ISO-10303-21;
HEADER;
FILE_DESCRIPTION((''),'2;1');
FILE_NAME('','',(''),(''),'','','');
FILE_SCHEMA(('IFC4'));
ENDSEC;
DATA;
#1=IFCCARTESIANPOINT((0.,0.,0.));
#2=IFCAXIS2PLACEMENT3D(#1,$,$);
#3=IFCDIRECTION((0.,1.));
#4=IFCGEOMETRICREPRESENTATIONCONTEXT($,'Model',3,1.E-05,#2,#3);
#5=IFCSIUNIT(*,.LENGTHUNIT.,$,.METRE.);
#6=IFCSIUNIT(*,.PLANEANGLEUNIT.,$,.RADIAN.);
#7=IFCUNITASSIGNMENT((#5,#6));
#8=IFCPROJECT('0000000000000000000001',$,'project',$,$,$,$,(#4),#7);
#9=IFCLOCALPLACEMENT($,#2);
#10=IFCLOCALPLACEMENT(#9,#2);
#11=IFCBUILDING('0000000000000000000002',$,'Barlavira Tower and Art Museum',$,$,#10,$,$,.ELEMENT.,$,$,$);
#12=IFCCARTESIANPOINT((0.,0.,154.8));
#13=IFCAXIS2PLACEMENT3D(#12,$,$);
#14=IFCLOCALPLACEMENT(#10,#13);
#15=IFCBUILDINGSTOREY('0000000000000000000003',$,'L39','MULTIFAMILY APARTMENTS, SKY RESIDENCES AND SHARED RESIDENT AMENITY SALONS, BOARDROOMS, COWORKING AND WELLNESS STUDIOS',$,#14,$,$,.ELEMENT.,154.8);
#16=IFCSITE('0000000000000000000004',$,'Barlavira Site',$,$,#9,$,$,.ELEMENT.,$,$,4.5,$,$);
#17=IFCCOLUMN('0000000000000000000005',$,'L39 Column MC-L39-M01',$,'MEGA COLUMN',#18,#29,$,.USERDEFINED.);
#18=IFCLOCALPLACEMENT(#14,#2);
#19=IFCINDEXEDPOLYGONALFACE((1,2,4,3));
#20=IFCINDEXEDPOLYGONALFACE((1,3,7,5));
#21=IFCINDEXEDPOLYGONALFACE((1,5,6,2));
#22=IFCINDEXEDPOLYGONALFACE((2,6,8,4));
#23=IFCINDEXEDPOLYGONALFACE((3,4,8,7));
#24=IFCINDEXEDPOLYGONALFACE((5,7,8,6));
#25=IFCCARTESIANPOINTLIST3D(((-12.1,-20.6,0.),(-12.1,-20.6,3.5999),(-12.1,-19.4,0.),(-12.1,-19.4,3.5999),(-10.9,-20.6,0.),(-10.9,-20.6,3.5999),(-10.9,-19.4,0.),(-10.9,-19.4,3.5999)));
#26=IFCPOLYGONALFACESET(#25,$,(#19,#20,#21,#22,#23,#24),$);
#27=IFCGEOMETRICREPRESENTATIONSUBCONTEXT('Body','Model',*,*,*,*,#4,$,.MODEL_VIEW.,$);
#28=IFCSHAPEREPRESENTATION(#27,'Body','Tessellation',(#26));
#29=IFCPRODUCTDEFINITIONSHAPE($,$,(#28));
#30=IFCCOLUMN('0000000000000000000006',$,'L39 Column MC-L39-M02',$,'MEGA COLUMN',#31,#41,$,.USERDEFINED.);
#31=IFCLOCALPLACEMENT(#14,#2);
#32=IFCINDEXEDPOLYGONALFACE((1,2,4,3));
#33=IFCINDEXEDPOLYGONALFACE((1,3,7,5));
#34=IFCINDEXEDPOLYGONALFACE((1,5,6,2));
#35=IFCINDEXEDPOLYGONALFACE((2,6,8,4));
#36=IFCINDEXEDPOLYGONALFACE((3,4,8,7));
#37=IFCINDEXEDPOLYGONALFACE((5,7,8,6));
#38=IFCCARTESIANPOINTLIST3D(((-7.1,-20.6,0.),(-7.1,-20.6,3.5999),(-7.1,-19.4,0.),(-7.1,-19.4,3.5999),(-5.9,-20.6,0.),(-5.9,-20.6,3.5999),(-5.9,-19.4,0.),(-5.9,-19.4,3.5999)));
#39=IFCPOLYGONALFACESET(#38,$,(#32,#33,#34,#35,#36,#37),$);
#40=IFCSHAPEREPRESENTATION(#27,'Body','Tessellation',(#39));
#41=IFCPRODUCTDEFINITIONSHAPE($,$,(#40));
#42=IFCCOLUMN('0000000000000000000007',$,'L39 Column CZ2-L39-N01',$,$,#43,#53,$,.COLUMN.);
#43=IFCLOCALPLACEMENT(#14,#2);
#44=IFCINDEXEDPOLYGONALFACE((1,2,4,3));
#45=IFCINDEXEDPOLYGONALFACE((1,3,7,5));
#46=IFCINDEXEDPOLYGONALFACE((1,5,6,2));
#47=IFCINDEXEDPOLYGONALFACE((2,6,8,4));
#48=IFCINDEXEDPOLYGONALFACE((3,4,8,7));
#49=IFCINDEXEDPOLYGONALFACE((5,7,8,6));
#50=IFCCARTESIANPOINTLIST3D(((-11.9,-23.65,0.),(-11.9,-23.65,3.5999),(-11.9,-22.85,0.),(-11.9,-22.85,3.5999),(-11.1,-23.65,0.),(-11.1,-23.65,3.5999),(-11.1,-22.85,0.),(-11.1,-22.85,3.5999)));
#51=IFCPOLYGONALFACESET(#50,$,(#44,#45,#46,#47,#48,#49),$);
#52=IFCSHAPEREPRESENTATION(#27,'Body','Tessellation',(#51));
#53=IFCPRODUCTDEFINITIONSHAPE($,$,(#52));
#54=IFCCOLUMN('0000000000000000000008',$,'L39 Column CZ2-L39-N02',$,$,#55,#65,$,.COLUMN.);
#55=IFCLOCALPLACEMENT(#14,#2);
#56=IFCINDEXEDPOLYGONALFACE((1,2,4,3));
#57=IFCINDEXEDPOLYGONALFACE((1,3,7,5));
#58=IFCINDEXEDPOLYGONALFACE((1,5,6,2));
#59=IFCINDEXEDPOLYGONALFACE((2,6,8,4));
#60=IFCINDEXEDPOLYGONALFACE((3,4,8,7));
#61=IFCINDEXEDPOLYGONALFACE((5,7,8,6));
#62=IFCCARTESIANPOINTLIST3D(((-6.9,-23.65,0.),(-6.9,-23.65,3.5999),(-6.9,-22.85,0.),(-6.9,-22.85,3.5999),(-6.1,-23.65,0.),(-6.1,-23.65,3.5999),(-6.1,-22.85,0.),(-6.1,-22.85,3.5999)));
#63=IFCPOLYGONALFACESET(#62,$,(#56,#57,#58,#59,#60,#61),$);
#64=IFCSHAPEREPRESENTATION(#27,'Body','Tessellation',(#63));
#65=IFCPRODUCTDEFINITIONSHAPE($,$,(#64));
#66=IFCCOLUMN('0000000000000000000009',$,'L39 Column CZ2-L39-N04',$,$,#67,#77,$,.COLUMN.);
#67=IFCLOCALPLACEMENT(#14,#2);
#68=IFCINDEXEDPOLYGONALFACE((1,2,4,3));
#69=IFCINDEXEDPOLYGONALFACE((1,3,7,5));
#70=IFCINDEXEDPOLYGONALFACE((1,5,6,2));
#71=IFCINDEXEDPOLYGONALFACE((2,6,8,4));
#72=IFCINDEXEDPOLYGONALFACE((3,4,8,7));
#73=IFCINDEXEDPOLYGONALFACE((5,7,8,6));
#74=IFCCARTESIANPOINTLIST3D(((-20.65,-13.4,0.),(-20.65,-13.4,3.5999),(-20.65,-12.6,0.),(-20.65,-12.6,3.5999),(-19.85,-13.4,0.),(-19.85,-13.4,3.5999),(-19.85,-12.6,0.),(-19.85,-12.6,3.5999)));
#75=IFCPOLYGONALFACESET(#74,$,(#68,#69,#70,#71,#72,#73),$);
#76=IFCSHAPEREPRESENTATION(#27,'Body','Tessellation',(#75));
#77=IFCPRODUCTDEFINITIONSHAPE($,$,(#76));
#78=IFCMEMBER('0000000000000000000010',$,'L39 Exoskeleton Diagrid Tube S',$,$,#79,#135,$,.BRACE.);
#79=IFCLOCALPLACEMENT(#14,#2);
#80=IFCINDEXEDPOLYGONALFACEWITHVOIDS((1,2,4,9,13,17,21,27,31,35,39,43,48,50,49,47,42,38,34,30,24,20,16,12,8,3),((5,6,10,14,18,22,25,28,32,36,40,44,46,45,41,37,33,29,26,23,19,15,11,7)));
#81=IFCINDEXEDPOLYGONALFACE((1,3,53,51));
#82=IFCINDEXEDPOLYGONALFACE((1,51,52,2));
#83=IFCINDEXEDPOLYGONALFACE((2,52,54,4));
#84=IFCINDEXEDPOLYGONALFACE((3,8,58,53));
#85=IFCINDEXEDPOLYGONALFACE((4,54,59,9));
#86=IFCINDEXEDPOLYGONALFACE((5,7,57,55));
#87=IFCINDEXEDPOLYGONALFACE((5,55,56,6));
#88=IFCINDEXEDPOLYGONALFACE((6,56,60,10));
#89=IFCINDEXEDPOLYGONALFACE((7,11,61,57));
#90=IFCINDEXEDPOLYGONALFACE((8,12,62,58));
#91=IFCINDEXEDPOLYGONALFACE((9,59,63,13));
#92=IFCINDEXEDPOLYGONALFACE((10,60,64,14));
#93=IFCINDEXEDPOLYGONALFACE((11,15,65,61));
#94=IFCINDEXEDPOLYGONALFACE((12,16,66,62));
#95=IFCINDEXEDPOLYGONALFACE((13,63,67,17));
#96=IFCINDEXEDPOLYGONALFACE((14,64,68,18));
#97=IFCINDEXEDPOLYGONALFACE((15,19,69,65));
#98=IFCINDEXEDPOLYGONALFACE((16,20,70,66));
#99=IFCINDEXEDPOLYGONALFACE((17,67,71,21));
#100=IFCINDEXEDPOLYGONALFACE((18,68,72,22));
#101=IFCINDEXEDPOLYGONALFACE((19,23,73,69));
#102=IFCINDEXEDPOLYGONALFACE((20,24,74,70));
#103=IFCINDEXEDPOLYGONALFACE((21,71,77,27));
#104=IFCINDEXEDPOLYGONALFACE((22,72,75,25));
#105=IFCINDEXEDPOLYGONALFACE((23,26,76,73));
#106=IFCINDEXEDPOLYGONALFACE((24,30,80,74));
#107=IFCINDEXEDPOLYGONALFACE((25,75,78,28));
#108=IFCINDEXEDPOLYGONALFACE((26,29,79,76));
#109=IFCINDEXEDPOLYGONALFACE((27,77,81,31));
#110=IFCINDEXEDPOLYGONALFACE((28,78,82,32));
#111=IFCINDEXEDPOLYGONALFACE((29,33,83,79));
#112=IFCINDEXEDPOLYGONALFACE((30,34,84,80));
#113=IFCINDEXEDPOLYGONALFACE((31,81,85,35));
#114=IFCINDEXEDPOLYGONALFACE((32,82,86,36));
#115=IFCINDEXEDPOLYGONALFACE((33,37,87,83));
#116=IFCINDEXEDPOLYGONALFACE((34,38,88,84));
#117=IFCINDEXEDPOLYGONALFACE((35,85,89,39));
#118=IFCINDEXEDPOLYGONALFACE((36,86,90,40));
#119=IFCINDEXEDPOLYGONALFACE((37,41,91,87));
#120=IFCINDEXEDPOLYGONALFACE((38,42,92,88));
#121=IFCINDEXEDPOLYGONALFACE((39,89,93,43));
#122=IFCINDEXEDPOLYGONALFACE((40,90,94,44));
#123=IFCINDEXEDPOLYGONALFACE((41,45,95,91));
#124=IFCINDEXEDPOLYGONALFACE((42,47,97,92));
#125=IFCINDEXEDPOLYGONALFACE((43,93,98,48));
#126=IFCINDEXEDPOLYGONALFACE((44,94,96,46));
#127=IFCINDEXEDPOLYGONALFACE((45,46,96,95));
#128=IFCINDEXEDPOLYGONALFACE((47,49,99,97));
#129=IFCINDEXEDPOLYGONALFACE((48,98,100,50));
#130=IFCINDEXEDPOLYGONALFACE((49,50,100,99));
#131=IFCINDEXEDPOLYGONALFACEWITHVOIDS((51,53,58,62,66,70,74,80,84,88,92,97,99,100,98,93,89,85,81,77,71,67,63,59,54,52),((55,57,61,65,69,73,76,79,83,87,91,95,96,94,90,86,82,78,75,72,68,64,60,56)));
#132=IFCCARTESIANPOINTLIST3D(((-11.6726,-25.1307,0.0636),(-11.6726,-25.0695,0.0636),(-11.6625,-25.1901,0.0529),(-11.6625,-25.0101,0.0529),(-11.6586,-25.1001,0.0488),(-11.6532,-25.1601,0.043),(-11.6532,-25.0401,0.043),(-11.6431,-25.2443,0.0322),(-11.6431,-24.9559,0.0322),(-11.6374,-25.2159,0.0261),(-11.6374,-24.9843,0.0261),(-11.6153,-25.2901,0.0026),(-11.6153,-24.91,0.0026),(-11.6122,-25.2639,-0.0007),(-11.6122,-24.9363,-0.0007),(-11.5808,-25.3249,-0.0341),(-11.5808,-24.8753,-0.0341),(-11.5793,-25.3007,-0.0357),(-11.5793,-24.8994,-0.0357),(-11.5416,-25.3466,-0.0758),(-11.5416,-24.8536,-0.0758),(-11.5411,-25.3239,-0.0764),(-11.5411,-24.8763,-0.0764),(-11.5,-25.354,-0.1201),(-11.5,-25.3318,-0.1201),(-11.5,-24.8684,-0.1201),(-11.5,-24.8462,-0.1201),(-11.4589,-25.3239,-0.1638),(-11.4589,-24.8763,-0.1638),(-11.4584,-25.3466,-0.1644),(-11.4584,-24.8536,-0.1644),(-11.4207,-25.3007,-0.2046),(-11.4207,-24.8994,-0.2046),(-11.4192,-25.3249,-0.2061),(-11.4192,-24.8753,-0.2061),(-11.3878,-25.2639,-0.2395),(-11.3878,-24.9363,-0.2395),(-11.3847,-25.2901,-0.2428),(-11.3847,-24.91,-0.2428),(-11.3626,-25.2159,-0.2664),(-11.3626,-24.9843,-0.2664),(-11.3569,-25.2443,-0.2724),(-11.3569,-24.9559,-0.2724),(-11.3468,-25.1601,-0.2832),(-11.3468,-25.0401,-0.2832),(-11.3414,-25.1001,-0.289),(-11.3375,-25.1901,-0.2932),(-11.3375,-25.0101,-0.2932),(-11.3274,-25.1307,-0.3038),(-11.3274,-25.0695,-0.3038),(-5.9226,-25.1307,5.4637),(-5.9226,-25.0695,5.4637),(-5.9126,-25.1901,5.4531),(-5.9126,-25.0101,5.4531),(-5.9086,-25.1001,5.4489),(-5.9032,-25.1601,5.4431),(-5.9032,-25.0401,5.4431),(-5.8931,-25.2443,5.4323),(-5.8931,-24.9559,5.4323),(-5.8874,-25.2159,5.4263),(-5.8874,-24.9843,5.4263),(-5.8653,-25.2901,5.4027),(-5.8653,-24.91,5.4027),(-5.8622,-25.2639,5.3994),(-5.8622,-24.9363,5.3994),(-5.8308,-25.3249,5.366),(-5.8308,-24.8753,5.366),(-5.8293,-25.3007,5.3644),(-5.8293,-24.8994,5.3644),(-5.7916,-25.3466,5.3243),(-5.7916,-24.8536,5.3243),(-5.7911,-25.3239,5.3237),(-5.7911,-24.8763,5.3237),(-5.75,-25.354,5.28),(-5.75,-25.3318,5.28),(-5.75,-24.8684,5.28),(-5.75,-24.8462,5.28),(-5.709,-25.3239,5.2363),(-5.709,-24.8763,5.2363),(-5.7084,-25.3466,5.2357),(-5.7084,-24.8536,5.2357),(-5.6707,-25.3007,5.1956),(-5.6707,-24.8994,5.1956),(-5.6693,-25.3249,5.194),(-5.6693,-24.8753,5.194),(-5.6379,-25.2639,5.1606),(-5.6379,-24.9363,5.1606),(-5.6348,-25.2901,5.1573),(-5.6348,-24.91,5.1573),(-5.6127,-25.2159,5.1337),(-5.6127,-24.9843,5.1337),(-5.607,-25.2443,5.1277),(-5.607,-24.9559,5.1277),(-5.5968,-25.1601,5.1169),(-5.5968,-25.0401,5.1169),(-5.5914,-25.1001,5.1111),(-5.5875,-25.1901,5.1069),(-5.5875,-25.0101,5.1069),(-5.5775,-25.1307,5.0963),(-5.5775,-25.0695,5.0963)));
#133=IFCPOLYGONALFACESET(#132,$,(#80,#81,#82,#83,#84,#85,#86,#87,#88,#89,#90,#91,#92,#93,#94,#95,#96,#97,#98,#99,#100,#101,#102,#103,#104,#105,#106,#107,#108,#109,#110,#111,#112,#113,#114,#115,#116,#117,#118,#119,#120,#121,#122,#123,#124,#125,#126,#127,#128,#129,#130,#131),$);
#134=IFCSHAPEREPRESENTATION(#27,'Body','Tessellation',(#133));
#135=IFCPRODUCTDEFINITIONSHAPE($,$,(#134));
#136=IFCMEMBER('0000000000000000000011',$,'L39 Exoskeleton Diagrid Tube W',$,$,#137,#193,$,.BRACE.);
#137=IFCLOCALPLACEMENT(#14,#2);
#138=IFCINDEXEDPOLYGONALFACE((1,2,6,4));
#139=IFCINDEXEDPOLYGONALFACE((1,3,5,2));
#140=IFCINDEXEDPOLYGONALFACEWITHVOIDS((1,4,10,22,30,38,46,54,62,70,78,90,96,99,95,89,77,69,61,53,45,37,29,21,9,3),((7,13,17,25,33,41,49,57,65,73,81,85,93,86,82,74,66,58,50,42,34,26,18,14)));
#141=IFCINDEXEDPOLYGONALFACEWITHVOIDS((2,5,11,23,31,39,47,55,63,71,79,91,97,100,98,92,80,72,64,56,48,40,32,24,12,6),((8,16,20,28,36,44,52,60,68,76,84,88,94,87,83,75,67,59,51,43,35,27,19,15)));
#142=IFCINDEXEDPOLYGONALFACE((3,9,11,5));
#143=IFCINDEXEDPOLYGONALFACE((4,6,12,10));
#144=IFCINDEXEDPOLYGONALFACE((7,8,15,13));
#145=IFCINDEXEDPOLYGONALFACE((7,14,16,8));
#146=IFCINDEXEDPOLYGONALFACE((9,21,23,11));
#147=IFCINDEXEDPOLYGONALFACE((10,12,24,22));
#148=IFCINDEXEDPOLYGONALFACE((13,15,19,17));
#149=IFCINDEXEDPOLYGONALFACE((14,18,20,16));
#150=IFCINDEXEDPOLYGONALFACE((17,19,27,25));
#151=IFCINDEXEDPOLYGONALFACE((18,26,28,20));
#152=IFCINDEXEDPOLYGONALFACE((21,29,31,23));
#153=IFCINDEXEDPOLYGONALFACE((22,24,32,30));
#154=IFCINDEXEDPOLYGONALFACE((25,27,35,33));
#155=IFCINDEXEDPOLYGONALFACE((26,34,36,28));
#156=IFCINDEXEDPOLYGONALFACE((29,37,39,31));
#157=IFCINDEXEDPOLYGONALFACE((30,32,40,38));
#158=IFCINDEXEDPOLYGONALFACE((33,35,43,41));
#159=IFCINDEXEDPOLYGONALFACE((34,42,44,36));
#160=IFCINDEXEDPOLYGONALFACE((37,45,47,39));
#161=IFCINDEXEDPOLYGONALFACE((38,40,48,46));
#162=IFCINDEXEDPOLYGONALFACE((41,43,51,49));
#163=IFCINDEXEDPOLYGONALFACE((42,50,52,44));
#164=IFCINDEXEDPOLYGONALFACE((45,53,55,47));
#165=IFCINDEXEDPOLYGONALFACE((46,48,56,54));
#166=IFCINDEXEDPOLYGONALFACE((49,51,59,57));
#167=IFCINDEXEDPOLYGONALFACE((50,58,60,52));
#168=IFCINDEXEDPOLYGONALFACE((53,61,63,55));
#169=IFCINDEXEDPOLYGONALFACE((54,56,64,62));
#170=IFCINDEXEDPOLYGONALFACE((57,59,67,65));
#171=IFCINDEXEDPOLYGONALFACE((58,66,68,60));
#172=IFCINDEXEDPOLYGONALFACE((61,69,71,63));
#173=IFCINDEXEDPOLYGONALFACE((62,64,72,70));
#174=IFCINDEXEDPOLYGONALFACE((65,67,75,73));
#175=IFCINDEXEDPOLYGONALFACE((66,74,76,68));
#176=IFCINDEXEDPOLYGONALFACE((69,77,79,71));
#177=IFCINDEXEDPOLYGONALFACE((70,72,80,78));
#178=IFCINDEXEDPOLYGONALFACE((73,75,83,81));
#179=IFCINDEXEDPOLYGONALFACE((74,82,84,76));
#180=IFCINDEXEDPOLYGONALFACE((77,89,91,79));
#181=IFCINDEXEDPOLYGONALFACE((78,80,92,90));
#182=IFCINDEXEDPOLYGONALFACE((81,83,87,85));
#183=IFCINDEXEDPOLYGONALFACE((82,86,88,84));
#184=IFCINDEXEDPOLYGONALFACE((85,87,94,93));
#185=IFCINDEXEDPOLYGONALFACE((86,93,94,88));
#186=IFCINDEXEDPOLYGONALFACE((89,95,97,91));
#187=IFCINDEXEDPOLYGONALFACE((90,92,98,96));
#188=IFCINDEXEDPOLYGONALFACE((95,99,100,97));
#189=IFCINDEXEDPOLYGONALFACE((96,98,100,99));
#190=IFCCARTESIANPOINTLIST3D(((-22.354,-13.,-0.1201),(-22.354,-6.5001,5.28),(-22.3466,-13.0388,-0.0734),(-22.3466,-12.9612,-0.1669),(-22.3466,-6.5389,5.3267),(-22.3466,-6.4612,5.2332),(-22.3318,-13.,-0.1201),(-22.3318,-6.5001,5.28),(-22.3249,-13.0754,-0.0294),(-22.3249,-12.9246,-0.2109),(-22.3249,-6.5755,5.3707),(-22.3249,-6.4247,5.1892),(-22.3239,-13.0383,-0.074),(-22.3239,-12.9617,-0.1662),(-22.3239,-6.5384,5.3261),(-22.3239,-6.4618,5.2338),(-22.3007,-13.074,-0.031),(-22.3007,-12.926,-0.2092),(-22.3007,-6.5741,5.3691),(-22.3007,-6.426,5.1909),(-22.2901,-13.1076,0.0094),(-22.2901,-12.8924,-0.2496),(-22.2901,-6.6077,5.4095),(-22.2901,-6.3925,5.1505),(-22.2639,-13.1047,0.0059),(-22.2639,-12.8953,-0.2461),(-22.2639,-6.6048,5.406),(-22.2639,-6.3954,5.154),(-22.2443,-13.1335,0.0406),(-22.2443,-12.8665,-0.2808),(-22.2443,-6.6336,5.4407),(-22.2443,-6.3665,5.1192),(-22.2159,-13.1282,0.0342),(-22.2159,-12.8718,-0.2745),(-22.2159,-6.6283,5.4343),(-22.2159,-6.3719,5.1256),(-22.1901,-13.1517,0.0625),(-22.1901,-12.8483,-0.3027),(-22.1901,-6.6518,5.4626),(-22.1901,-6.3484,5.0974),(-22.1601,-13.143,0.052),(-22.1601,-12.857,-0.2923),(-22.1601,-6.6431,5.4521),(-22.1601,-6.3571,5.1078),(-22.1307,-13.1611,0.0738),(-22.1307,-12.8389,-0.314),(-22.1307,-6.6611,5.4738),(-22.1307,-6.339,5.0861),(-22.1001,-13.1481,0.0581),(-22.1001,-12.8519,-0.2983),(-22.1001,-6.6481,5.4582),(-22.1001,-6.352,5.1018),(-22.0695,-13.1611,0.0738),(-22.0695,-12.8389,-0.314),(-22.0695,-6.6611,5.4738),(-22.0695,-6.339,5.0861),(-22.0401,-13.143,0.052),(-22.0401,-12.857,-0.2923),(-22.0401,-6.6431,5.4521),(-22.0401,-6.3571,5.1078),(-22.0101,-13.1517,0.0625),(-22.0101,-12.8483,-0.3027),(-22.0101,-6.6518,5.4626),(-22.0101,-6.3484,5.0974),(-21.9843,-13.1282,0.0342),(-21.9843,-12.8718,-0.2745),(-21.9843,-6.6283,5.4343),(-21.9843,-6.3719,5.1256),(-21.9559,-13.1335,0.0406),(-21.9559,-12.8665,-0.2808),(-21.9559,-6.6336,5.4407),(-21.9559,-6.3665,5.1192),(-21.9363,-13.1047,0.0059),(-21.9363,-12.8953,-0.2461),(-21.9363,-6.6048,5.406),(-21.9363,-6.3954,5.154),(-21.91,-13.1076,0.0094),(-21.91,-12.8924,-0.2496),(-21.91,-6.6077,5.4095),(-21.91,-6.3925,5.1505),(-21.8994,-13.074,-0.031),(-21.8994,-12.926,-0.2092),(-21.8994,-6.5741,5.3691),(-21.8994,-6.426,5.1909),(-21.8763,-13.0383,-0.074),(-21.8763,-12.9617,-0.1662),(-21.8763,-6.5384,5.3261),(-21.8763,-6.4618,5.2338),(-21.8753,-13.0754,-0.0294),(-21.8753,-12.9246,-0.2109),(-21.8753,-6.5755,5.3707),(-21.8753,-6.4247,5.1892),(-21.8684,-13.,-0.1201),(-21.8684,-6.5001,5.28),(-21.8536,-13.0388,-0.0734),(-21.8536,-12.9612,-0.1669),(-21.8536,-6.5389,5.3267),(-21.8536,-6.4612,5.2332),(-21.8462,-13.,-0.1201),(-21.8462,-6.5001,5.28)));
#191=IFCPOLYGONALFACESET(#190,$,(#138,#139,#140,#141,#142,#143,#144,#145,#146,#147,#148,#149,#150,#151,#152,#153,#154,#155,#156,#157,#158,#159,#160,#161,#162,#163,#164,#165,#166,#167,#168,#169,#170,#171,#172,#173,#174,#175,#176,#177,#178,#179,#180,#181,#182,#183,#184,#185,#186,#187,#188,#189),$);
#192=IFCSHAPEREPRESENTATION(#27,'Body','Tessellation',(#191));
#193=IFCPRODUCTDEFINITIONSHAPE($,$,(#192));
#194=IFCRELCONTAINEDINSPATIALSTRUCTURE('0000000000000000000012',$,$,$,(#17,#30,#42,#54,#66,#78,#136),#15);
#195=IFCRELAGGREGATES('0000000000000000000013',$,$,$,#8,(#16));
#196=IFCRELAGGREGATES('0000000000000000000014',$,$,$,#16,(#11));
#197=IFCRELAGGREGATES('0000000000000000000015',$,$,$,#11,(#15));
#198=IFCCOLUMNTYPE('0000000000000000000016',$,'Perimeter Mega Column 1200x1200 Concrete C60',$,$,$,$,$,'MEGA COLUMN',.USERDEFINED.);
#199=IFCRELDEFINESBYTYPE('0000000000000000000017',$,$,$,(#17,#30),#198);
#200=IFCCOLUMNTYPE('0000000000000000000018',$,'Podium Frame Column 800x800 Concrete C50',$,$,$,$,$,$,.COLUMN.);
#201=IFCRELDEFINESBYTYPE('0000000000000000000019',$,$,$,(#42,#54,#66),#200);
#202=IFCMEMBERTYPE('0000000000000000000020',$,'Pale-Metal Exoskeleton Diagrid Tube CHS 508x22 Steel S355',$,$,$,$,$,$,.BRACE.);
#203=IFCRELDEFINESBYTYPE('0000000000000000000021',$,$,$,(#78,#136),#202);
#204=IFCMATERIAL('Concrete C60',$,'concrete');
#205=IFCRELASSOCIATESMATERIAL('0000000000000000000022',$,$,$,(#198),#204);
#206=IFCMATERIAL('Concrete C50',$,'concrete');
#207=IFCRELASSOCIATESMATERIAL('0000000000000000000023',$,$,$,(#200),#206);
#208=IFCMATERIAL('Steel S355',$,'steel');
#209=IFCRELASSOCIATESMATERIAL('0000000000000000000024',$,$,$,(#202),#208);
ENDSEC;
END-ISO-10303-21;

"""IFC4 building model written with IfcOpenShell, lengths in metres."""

from ifc_helpers import new_model, si_unit, direction, frame, origin, origin_2d, place, context, subcontext, project, spatial, rectangle, hollow_circle, extrude, material, material_profile, profile_set, type_object, element, save


model = new_model("IFC4")

# Units and contexts
model_context = context("Model", 3, precision=1e-05, world=origin(), true_north=direction((0.0, 1.0)))
body_context = subcontext(model_context, "Body", "Model", "MODEL_VIEW")
ifc_project = project(units=[si_unit("LENGTHUNIT", "METRE"), si_unit("PLANEANGLEUNIT", "RADIAN")], contexts=[model_context])

# Site, building, storey
site_placement = place(None, origin())
site = spatial("IfcSite", under=ifc_project, at=site_placement, Name="Barlavira Site", CompositionType="ELEMENT", RefElevation=4.5)
building_placement = place(site_placement, origin())
building = spatial("IfcBuilding", under=site, at=building_placement, Name="Barlavira Tower and Art Museum", CompositionType="ELEMENT")
storey_placement = place(building_placement, frame((0.0, 0.0, 154.8)))
storey = spatial("IfcBuildingStorey", under=building, at=storey_placement, Name="L39", Description="MULTIFAMILY APARTMENTS, SKY RESIDENCES AND SHARED RESIDENT AMENITY SALONS, BOARDROOMS, COWORKING AND WELLNESS STUDIOS", CompositionType="ELEMENT", Elevation=154.8)

# Columns
ifc_material_1 = material(Name="Concrete C60", Category="concrete")
ifc_material_profile_1 = material_profile(ifc_material_1, rectangle(XDim=1.2, YDim=1.2, at=origin_2d()), Name="RC-COL 1200x1200")
ifc_profile_set_1 = profile_set([ifc_material_profile_1], Name="Concrete C60")
column_type_1 = type_object("IfcColumnType", Name="Perimeter Mega Column 1200x1200 Concrete C60", ElementType="MEGA COLUMN", PredefinedType="USERDEFINED", material=ifc_profile_set_1)
for number, where, z_axis, x_axis, name in (
    (1, (-11.5, -20.0, 0.0), (0.0, 0.0, 1.0), (1.0, 0.0, 0.0), "L39 Column MC-L39-M01"),
    (2, (-6.5, -20.0, 0.0), (0.0, 0.0, 1.0), (1.0, 0.0, 0.0), "L39 Column MC-L39-M02"),
):
    element("IfcColumn", number, at=place(storey_placement, frame(where, z_axis=z_axis, x_axis=x_axis)), inside=storey, type_object=column_type_1, Name=name, ObjectType="MEGA COLUMN", PredefinedType="USERDEFINED", context=body_context, shape_type="SweptSolid", body=[
        extrude(rectangle(XDim=1.2, YDim=1.2, at=origin_2d()), origin(), (0.0, 0.0, 1.0), 3.5999),
    ])
ifc_material_2 = material(Name="Concrete C50", Category="concrete")
ifc_material_profile_2 = material_profile(ifc_material_2, rectangle(XDim=0.8, YDim=0.8, at=origin_2d()), Name="RC-COL 800x800")
ifc_profile_set_2 = profile_set([ifc_material_profile_2], Name="Concrete C50")
column_type_2 = type_object("IfcColumnType", Name="Podium Frame Column 800x800 Concrete C50", PredefinedType="COLUMN", material=ifc_profile_set_2)
for number, where, z_axis, x_axis, name in (
    (3, (-11.5, -23.25, 0.0), (0.0, 0.0, 1.0), (1.0, 0.0, 0.0), "L39 Column CZ2-L39-N01"),
    (4, (-6.5, -23.25, 0.0), (0.0, 0.0, 1.0), (1.0, 0.0, 0.0), "L39 Column CZ2-L39-N02"),
    (5, (-20.25, -13.0, 0.0), (0.0, 0.0, 1.0), (1.0, 0.0, 0.0), "L39 Column CZ2-L39-N04"),
):
    element("IfcColumn", number, at=place(storey_placement, frame(where, z_axis=z_axis, x_axis=x_axis)), inside=storey, type_object=column_type_2, Name=name, PredefinedType="COLUMN", context=body_context, shape_type="SweptSolid", body=[
        extrude(rectangle(XDim=0.8, YDim=0.8, at=origin_2d()), origin(), (0.0, 0.0, 1.0), 3.5999),
    ])

# Members
ifc_material_3 = material(Name="Steel S355", Category="steel")
ifc_material_profile_3 = material_profile(ifc_material_3, hollow_circle(Radius=0.2539, WallThickness=0.0222, at=origin_2d()), Name="CHS 508.0x22.2")
ifc_profile_set_3 = profile_set([ifc_material_profile_3], Name="Steel S355")
member_type_1 = type_object("IfcMemberType", Name="Pale-Metal Exoskeleton Diagrid Tube CHS 508x22 Steel S355", PredefinedType="BRACE", material=ifc_profile_set_3)
member_1_placement = place(storey_placement, frame((-11.5, -25.1001, -0.1201), z_axis=(0.728935, 0.0, 0.684583), x_axis=(0.0, 1.0, 0.0)))
element("IfcMember", 6, at=member_1_placement, inside=storey, type_object=member_type_1, Name="L39 Exoskeleton Diagrid Tube S", PredefinedType="BRACE", context=body_context, shape_type="SweptSolid", body=[
    extrude(hollow_circle(Radius=0.2539, WallThickness=0.0222, at=origin_2d()), origin(), (0.0, 0.0, 1.0), 7.8882),
])
member_2_placement = place(storey_placement, frame((-22.1001, -13.0, -0.1201), z_axis=(0.0, 0.769182, 0.63903), x_axis=(-1.0, 0.0, 0.0)))
element("IfcMember", 7, at=member_2_placement, inside=storey, type_object=member_type_1, Name="L39 Exoskeleton Diagrid Tube W", PredefinedType="BRACE", context=body_context, shape_type="SweptSolid", body=[
    extrude(hollow_circle(Radius=0.2539, WallThickness=0.0222, at=origin_2d()), origin(), (0.0, 0.0, 1.0), 8.4504),
])

save(model, "model.ifc")
